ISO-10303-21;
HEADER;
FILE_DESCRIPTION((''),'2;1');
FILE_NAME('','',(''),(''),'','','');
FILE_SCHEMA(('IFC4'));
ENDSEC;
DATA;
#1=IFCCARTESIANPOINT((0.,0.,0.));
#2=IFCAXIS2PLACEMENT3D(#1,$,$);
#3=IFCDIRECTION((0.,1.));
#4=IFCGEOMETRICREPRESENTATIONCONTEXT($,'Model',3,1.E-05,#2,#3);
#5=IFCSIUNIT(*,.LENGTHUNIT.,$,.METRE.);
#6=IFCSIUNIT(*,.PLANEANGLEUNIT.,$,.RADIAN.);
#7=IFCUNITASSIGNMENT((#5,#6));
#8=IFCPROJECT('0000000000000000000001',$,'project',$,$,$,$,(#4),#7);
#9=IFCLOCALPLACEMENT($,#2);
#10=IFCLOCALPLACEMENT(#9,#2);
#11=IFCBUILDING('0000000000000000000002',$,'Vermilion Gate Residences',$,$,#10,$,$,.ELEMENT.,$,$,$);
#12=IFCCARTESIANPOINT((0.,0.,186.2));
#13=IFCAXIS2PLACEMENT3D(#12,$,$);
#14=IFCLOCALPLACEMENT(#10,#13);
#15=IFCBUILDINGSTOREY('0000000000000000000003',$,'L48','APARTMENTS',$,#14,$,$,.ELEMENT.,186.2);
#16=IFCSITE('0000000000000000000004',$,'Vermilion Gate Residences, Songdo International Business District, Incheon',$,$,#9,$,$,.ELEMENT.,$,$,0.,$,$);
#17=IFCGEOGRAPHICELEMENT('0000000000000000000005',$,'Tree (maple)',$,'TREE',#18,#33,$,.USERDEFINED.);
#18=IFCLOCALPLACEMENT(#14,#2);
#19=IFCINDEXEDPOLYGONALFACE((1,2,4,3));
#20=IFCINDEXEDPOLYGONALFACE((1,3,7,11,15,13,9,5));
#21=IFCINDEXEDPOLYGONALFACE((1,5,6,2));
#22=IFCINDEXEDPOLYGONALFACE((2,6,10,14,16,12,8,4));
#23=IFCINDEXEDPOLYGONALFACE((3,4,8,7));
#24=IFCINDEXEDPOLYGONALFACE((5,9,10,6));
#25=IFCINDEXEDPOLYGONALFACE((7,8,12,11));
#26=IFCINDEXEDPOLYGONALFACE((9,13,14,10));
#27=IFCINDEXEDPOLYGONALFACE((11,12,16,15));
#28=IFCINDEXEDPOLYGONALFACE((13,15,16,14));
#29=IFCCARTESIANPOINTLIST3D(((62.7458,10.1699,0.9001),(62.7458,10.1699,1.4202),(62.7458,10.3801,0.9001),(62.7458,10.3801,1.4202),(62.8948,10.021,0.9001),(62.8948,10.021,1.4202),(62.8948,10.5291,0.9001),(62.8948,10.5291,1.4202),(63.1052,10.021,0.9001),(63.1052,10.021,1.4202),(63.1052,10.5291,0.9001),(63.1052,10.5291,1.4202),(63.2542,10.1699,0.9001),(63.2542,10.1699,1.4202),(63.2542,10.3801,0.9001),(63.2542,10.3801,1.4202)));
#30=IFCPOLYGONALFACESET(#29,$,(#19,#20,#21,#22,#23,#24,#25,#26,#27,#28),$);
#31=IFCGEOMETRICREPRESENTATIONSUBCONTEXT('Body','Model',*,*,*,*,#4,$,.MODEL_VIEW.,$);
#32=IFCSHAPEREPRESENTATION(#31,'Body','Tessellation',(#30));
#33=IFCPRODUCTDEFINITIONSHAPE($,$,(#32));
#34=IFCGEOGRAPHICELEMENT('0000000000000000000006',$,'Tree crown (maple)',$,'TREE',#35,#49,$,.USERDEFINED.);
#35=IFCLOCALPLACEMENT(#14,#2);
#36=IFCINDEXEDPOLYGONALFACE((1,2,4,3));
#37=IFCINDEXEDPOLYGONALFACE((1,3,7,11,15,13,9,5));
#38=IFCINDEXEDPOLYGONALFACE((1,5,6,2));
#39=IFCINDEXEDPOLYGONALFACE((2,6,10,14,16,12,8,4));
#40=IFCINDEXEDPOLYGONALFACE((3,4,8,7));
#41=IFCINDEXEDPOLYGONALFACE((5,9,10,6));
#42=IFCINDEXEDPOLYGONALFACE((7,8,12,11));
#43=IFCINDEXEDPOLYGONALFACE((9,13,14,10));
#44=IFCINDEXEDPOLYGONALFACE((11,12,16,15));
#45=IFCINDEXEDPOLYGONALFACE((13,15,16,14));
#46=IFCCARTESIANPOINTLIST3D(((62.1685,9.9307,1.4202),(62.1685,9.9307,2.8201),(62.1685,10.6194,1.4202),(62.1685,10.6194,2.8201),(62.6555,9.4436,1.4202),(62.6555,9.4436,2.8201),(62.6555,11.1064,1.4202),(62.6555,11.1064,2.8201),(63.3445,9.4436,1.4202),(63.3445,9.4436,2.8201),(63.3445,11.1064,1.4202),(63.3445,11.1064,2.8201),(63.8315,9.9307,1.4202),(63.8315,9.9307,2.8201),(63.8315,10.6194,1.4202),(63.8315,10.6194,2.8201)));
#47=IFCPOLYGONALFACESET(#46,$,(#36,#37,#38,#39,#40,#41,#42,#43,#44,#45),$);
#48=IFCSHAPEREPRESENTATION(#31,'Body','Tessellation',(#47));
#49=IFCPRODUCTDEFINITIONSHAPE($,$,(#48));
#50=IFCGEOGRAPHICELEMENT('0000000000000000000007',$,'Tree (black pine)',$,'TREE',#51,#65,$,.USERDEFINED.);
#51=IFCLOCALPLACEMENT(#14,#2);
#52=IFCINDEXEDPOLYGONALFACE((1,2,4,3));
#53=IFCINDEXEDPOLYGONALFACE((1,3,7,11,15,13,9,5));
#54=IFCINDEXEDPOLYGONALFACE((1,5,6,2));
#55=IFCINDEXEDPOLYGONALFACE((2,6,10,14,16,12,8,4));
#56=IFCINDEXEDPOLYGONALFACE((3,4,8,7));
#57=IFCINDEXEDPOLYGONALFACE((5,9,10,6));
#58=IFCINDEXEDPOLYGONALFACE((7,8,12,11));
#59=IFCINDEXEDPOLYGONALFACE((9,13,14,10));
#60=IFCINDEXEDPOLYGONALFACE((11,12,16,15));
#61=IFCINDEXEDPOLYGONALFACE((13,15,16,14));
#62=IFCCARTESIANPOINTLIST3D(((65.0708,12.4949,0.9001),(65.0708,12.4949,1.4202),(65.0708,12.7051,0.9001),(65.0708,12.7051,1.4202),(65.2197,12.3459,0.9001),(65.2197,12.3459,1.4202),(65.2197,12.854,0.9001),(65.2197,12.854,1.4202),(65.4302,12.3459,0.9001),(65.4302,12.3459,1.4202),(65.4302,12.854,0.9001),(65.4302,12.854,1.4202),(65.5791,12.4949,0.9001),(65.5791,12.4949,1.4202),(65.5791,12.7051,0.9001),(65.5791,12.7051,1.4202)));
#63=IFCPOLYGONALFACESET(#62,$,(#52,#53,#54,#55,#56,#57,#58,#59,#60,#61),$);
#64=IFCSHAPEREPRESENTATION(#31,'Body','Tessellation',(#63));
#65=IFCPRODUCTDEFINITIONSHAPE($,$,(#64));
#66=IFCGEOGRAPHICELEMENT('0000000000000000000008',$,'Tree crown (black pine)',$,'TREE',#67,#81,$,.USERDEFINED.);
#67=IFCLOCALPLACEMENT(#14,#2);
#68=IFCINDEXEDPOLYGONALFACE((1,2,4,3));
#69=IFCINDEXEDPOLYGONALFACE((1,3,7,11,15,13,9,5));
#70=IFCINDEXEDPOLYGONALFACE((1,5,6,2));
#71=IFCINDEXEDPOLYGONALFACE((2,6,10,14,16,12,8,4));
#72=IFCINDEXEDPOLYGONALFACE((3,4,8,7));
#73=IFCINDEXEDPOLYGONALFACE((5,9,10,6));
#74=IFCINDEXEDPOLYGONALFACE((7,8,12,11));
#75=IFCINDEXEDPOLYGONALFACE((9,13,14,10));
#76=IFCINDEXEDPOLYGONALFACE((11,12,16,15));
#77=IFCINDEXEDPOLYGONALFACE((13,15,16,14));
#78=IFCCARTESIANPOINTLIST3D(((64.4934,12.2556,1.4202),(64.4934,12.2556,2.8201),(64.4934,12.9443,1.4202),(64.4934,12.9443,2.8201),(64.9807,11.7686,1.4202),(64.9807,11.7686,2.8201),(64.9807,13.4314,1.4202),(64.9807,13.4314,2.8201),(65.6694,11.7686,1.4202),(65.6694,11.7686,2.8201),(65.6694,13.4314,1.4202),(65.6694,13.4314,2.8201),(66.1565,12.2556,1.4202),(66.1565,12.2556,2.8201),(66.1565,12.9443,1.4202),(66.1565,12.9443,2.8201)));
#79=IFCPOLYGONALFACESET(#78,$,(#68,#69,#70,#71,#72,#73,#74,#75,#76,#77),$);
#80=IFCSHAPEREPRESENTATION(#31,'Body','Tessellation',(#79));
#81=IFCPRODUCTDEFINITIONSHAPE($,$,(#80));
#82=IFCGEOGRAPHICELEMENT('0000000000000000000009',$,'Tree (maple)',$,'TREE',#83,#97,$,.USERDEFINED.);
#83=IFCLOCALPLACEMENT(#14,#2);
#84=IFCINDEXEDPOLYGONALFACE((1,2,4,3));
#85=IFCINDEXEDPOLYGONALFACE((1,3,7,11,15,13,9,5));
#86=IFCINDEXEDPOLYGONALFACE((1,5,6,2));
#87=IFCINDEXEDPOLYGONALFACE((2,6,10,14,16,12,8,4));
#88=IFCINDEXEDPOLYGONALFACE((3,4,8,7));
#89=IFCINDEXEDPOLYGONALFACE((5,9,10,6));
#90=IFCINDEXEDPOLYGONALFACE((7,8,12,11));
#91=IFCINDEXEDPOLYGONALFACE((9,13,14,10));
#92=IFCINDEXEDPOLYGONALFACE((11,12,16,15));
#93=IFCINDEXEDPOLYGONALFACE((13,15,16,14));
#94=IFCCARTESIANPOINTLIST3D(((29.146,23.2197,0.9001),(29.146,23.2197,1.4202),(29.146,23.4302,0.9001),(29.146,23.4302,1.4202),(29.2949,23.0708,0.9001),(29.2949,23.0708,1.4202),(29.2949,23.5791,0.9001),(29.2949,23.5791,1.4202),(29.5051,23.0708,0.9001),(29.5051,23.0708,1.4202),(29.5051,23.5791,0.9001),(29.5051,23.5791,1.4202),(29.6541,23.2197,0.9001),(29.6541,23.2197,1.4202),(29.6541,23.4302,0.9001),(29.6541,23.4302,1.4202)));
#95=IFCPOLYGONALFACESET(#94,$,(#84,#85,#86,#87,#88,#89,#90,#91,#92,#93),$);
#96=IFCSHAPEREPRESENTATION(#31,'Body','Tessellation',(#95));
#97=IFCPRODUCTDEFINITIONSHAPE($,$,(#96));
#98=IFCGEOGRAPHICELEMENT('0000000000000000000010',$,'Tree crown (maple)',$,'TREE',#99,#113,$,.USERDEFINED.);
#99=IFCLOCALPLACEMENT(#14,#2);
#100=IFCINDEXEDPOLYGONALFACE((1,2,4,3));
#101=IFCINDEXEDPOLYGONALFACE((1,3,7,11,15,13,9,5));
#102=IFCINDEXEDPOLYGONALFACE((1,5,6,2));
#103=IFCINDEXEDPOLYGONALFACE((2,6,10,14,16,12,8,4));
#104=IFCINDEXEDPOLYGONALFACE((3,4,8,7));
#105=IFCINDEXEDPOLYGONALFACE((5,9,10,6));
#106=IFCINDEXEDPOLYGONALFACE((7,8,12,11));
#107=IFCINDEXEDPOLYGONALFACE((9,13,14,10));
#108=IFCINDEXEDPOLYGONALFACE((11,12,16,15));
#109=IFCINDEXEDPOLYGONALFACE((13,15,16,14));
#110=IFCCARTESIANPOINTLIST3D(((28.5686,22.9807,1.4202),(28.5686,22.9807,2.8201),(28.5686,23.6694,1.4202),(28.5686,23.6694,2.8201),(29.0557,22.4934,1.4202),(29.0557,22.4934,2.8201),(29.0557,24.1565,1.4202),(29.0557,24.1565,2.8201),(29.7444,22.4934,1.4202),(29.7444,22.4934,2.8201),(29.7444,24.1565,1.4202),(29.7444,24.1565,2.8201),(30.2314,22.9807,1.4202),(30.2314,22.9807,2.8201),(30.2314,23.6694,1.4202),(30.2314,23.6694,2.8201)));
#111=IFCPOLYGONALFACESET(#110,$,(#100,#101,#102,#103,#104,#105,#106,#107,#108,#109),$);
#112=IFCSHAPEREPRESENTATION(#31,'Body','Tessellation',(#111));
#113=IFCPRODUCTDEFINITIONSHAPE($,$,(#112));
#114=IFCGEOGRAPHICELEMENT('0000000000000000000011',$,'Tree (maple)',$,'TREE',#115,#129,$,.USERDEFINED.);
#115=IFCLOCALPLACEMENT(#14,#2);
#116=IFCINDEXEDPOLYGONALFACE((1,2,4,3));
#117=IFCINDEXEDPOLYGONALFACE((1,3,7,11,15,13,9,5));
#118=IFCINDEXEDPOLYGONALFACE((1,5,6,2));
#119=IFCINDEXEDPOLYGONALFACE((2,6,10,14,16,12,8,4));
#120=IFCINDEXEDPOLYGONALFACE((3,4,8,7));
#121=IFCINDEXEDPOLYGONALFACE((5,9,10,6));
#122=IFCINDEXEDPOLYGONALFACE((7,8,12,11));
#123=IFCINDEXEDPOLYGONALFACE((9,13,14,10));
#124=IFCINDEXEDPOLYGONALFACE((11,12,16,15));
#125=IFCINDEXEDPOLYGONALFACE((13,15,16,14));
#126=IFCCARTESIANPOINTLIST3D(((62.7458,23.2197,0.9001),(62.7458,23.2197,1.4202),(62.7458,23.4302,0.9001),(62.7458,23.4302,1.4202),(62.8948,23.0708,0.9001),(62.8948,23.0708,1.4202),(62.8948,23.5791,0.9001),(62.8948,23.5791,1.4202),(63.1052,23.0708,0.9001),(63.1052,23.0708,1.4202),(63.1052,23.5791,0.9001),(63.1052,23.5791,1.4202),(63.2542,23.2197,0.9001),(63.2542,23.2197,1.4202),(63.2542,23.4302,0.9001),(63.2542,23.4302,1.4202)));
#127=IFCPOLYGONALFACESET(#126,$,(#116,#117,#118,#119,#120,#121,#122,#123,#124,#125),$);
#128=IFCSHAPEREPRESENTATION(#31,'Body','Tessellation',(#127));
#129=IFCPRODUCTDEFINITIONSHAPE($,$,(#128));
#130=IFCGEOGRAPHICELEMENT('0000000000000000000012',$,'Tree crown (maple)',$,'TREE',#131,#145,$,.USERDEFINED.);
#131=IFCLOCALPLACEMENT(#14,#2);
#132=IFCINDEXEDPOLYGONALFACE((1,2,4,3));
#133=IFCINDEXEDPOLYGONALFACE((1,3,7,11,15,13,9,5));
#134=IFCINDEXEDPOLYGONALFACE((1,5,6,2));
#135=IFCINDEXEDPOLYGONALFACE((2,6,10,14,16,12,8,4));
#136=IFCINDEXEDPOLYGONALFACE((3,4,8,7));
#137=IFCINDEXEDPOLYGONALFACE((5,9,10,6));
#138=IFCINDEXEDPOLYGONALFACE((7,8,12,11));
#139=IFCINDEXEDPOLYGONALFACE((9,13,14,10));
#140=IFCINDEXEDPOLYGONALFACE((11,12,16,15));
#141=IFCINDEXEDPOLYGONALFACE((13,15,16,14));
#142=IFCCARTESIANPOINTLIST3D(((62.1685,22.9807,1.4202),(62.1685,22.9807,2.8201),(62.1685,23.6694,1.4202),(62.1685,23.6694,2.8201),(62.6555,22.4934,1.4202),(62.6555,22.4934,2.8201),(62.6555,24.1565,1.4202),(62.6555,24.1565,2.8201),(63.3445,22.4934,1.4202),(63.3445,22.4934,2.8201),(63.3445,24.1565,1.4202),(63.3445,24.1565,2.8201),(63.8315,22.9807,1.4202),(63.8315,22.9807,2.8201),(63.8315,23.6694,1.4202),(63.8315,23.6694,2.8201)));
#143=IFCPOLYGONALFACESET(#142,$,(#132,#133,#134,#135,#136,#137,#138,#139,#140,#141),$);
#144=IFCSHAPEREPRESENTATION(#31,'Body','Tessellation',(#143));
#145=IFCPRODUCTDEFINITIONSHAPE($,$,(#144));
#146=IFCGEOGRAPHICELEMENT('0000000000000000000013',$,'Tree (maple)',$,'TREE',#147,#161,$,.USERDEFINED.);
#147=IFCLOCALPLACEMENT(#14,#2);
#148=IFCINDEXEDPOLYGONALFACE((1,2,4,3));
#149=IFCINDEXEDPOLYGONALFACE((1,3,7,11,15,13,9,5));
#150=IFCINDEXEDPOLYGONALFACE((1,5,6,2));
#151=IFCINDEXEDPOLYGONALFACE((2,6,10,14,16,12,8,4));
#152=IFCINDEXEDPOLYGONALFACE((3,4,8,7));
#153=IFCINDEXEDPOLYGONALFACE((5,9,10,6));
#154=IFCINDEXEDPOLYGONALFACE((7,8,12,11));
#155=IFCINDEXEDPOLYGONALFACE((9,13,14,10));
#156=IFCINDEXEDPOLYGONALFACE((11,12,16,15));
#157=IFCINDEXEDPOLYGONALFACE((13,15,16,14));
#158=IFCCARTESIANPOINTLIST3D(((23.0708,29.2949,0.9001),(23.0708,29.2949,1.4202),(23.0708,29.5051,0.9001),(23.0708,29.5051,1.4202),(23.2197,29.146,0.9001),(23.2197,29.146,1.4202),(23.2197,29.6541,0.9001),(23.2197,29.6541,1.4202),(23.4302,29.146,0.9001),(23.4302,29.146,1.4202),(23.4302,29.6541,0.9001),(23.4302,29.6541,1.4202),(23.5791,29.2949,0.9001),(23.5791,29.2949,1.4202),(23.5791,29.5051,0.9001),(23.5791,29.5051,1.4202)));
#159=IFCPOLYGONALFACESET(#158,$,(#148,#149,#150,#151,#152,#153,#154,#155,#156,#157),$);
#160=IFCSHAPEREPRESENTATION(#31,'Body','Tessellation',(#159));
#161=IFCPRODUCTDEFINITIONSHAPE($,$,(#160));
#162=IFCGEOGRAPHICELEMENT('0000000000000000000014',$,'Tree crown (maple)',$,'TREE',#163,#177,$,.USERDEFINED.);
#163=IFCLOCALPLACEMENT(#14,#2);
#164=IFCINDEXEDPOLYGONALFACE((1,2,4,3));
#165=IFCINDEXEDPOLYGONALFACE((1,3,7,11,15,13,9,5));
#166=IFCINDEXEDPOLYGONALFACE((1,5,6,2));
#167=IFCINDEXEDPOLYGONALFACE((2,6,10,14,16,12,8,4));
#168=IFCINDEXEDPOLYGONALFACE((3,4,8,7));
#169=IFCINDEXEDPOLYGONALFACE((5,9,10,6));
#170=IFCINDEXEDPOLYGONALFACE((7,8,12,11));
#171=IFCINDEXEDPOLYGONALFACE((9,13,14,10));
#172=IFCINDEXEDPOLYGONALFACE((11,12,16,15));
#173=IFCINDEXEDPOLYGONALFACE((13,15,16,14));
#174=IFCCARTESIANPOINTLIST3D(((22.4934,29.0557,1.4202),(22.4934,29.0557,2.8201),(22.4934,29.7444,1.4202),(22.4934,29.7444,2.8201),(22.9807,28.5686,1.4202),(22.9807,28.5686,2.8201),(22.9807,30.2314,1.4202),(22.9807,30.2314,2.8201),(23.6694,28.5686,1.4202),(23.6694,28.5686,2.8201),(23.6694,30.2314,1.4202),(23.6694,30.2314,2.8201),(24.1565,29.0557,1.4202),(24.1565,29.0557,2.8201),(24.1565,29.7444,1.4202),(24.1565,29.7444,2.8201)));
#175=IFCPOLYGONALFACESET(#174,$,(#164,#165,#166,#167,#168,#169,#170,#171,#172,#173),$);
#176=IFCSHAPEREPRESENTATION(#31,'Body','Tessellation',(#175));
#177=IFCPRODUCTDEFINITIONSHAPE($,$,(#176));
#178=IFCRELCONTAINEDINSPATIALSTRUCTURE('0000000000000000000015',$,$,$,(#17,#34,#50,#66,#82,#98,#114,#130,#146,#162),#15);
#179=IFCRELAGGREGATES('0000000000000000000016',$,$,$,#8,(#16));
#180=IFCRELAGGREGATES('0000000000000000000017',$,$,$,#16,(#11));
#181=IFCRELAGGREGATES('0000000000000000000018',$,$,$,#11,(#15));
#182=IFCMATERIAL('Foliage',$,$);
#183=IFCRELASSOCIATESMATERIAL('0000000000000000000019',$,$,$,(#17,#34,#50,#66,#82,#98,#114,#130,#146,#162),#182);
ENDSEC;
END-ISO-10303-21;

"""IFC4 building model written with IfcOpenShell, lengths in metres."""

from ifc_helpers import new_model, si_unit, direction, frame, origin, place, context, subcontext, project, spatial, polyline, outline, extrude, material, element, save


model = new_model("IFC4")

# Units and contexts
model_context = context("Model", 3, precision=1e-05, world=origin(), true_north=direction((0.0, 1.0)))
body_context = subcontext(model_context, "Body", "Model", "MODEL_VIEW")
ifc_project = project(units=[si_unit("LENGTHUNIT", "METRE"), si_unit("PLANEANGLEUNIT", "RADIAN")], contexts=[model_context])

# Site, building, storey
site_placement = place(None, origin())
site = spatial("IfcSite", under=ifc_project, at=site_placement, Name="Vermilion Gate Residences, Songdo International Business District, Incheon", CompositionType="ELEMENT", RefElevation=0.0)
building_placement = place(site_placement, origin())
building = spatial("IfcBuilding", under=site, at=building_placement, Name="Vermilion Gate Residences", CompositionType="ELEMENT")
storey_placement = place(building_placement, frame((0.0, 0.0, 186.2)))
storey = spatial("IfcBuildingStorey", under=building, at=storey_placement, Name="L48", Description="APARTMENTS", CompositionType="ELEMENT", Elevation=186.2)

# Geographic elements
ifc_material_1 = material(Name="Foliage")
geographic_element_1_placement = place(storey_placement, frame((0.0, 0.0, 0.9001)))
element("IfcGeographicElement", 1, at=geographic_element_1_placement, inside=storey, material=ifc_material_1, Name="Tree (maple)", ObjectType="TREE", PredefinedType="USERDEFINED", context=body_context, shape_type="SweptSolid", body=[
    extrude(outline(polyline([(63.2542, 10.3801), (63.1052, 10.5291), (62.8948, 10.5291), (62.7458, 10.3801), (62.7458, 10.1699), (62.8948, 10.021), (63.1052, 10.021), (63.2542, 10.1699), (63.2542, 10.3801)])), origin(), (0.0, 0.0, 1.0), 0.52),
])
geographic_element_2_placement = place(storey_placement, frame((0.0, 0.0, 1.4202)))
element("IfcGeographicElement", 2, at=geographic_element_2_placement, inside=storey, material=ifc_material_1, Name="Tree crown (maple)", ObjectType="TREE", PredefinedType="USERDEFINED", context=body_context, shape_type="SweptSolid", body=[
    extrude(outline(polyline([(63.8315, 10.6194), (63.3445, 11.1064), (62.6555, 11.1064), (62.1685, 10.6194), (62.1685, 9.9307), (62.6555, 9.4436), (63.3445, 9.4436), (63.8315, 9.9307), (63.8315, 10.6194)])), origin(), (0.0, 0.0, 1.0), 1.3999),
])
geographic_element_3_placement = place(storey_placement, frame((0.0, 0.0, 0.9001)))
element("IfcGeographicElement", 3, at=geographic_element_3_placement, inside=storey, material=ifc_material_1, Name="Tree (black pine)", ObjectType="TREE", PredefinedType="USERDEFINED", context=body_context, shape_type="SweptSolid", body=[
    extrude(outline(polyline([(65.5791, 12.7051), (65.4302, 12.854), (65.2197, 12.854), (65.0708, 12.7051), (65.0708, 12.4949), (65.2197, 12.3459), (65.4302, 12.3459), (65.5791, 12.4949), (65.5791, 12.7051)])), origin(), (0.0, 0.0, 1.0), 0.52),
])
geographic_element_4_placement = place(storey_placement, frame((0.0, 0.0, 1.4202)))
element("IfcGeographicElement", 4, at=geographic_element_4_placement, inside=storey, material=ifc_material_1, Name="Tree crown (black pine)", ObjectType="TREE", PredefinedType="USERDEFINED", context=body_context, shape_type="SweptSolid", body=[
    extrude(outline(polyline([(66.1565, 12.9443), (65.6694, 13.4314), (64.9807, 13.4314), (64.4934, 12.9443), (64.4934, 12.2556), (64.9807, 11.7686), (65.6694, 11.7686), (66.1565, 12.2556), (66.1565, 12.9443)])), origin(), (0.0, 0.0, 1.0), 1.3999),
])
geographic_element_5_placement = place(storey_placement, frame((0.0, 0.0, 0.9001)))
element("IfcGeographicElement", 5, at=geographic_element_5_placement, inside=storey, material=ifc_material_1, Name="Tree (maple)", ObjectType="TREE", PredefinedType="USERDEFINED", context=body_context, shape_type="SweptSolid", body=[
    extrude(outline(polyline([(29.6541, 23.4302), (29.5051, 23.5791), (29.2949, 23.5791), (29.146, 23.4302), (29.146, 23.2197), (29.2949, 23.0708), (29.5051, 23.0708), (29.6541, 23.2197), (29.6541, 23.4302)])), origin(), (0.0, 0.0, 1.0), 0.52),
])
geographic_element_6_placement = place(storey_placement, frame((0.0, 0.0, 1.4202)))
element("IfcGeographicElement", 6, at=geographic_element_6_placement, inside=storey, material=ifc_material_1, Name="Tree crown (maple)", ObjectType="TREE", PredefinedType="USERDEFINED", context=body_context, shape_type="SweptSolid", body=[
    extrude(outline(polyline([(30.2314, 23.6694), (29.7444, 24.1565), (29.0557, 24.1565), (28.5686, 23.6694), (28.5686, 22.9807), (29.0557, 22.4934), (29.7444, 22.4934), (30.2314, 22.9807), (30.2314, 23.6694)])), origin(), (0.0, 0.0, 1.0), 1.3999),
])
geographic_element_7_placement = place(storey_placement, frame((0.0, 0.0, 0.9001)))
element("IfcGeographicElement", 7, at=geographic_element_7_placement, inside=storey, material=ifc_material_1, Name="Tree (maple)", ObjectType="TREE", PredefinedType="USERDEFINED", context=body_context, shape_type="SweptSolid", body=[
    extrude(outline(polyline([(63.2542, 23.4302), (63.1052, 23.5791), (62.8948, 23.5791), (62.7458, 23.4302), (62.7458, 23.2197), (62.8948, 23.0708), (63.1052, 23.0708), (63.2542, 23.2197), (63.2542, 23.4302)])), origin(), (0.0, 0.0, 1.0), 0.52),
])
geographic_element_8_placement = place(storey_placement, frame((0.0, 0.0, 1.4202)))
element("IfcGeographicElement", 8, at=geographic_element_8_placement, inside=storey, material=ifc_material_1, Name="Tree crown (maple)", ObjectType="TREE", PredefinedType="USERDEFINED", context=body_context, shape_type="SweptSolid", body=[
    extrude(outline(polyline([(63.8315, 23.6694), (63.3445, 24.1565), (62.6555, 24.1565), (62.1685, 23.6694), (62.1685, 22.9807), (62.6555, 22.4934), (63.3445, 22.4934), (63.8315, 22.9807), (63.8315, 23.6694)])), origin(), (0.0, 0.0, 1.0), 1.3999),
])
geographic_element_9_placement = place(storey_placement, frame((0.0, 0.0, 0.9001)))
element("IfcGeographicElement", 9, at=geographic_element_9_placement, inside=storey, material=ifc_material_1, Name="Tree (maple)", ObjectType="TREE", PredefinedType="USERDEFINED", context=body_context, shape_type="SweptSolid", body=[
    extrude(outline(polyline([(23.5791, 29.5051), (23.4302, 29.6541), (23.2197, 29.6541), (23.0708, 29.5051), (23.0708, 29.2949), (23.2197, 29.146), (23.4302, 29.146), (23.5791, 29.2949), (23.5791, 29.5051)])), origin(), (0.0, 0.0, 1.0), 0.52),
])
geographic_element_10_placement = place(storey_placement, frame((0.0, 0.0, 1.4202)))
element("IfcGeographicElement", 10, at=geographic_element_10_placement, inside=storey, material=ifc_material_1, Name="Tree crown (maple)", ObjectType="TREE", PredefinedType="USERDEFINED", context=body_context, shape_type="SweptSolid", body=[
    extrude(outline(polyline([(24.1565, 29.7444), (23.6694, 30.2314), (22.9807, 30.2314), (22.4934, 29.7444), (22.4934, 29.0557), (22.9807, 28.5686), (23.6694, 28.5686), (24.1565, 29.0557), (24.1565, 29.7444)])), origin(), (0.0, 0.0, 1.0), 1.3999),
])

save(model, "model.ifc")
